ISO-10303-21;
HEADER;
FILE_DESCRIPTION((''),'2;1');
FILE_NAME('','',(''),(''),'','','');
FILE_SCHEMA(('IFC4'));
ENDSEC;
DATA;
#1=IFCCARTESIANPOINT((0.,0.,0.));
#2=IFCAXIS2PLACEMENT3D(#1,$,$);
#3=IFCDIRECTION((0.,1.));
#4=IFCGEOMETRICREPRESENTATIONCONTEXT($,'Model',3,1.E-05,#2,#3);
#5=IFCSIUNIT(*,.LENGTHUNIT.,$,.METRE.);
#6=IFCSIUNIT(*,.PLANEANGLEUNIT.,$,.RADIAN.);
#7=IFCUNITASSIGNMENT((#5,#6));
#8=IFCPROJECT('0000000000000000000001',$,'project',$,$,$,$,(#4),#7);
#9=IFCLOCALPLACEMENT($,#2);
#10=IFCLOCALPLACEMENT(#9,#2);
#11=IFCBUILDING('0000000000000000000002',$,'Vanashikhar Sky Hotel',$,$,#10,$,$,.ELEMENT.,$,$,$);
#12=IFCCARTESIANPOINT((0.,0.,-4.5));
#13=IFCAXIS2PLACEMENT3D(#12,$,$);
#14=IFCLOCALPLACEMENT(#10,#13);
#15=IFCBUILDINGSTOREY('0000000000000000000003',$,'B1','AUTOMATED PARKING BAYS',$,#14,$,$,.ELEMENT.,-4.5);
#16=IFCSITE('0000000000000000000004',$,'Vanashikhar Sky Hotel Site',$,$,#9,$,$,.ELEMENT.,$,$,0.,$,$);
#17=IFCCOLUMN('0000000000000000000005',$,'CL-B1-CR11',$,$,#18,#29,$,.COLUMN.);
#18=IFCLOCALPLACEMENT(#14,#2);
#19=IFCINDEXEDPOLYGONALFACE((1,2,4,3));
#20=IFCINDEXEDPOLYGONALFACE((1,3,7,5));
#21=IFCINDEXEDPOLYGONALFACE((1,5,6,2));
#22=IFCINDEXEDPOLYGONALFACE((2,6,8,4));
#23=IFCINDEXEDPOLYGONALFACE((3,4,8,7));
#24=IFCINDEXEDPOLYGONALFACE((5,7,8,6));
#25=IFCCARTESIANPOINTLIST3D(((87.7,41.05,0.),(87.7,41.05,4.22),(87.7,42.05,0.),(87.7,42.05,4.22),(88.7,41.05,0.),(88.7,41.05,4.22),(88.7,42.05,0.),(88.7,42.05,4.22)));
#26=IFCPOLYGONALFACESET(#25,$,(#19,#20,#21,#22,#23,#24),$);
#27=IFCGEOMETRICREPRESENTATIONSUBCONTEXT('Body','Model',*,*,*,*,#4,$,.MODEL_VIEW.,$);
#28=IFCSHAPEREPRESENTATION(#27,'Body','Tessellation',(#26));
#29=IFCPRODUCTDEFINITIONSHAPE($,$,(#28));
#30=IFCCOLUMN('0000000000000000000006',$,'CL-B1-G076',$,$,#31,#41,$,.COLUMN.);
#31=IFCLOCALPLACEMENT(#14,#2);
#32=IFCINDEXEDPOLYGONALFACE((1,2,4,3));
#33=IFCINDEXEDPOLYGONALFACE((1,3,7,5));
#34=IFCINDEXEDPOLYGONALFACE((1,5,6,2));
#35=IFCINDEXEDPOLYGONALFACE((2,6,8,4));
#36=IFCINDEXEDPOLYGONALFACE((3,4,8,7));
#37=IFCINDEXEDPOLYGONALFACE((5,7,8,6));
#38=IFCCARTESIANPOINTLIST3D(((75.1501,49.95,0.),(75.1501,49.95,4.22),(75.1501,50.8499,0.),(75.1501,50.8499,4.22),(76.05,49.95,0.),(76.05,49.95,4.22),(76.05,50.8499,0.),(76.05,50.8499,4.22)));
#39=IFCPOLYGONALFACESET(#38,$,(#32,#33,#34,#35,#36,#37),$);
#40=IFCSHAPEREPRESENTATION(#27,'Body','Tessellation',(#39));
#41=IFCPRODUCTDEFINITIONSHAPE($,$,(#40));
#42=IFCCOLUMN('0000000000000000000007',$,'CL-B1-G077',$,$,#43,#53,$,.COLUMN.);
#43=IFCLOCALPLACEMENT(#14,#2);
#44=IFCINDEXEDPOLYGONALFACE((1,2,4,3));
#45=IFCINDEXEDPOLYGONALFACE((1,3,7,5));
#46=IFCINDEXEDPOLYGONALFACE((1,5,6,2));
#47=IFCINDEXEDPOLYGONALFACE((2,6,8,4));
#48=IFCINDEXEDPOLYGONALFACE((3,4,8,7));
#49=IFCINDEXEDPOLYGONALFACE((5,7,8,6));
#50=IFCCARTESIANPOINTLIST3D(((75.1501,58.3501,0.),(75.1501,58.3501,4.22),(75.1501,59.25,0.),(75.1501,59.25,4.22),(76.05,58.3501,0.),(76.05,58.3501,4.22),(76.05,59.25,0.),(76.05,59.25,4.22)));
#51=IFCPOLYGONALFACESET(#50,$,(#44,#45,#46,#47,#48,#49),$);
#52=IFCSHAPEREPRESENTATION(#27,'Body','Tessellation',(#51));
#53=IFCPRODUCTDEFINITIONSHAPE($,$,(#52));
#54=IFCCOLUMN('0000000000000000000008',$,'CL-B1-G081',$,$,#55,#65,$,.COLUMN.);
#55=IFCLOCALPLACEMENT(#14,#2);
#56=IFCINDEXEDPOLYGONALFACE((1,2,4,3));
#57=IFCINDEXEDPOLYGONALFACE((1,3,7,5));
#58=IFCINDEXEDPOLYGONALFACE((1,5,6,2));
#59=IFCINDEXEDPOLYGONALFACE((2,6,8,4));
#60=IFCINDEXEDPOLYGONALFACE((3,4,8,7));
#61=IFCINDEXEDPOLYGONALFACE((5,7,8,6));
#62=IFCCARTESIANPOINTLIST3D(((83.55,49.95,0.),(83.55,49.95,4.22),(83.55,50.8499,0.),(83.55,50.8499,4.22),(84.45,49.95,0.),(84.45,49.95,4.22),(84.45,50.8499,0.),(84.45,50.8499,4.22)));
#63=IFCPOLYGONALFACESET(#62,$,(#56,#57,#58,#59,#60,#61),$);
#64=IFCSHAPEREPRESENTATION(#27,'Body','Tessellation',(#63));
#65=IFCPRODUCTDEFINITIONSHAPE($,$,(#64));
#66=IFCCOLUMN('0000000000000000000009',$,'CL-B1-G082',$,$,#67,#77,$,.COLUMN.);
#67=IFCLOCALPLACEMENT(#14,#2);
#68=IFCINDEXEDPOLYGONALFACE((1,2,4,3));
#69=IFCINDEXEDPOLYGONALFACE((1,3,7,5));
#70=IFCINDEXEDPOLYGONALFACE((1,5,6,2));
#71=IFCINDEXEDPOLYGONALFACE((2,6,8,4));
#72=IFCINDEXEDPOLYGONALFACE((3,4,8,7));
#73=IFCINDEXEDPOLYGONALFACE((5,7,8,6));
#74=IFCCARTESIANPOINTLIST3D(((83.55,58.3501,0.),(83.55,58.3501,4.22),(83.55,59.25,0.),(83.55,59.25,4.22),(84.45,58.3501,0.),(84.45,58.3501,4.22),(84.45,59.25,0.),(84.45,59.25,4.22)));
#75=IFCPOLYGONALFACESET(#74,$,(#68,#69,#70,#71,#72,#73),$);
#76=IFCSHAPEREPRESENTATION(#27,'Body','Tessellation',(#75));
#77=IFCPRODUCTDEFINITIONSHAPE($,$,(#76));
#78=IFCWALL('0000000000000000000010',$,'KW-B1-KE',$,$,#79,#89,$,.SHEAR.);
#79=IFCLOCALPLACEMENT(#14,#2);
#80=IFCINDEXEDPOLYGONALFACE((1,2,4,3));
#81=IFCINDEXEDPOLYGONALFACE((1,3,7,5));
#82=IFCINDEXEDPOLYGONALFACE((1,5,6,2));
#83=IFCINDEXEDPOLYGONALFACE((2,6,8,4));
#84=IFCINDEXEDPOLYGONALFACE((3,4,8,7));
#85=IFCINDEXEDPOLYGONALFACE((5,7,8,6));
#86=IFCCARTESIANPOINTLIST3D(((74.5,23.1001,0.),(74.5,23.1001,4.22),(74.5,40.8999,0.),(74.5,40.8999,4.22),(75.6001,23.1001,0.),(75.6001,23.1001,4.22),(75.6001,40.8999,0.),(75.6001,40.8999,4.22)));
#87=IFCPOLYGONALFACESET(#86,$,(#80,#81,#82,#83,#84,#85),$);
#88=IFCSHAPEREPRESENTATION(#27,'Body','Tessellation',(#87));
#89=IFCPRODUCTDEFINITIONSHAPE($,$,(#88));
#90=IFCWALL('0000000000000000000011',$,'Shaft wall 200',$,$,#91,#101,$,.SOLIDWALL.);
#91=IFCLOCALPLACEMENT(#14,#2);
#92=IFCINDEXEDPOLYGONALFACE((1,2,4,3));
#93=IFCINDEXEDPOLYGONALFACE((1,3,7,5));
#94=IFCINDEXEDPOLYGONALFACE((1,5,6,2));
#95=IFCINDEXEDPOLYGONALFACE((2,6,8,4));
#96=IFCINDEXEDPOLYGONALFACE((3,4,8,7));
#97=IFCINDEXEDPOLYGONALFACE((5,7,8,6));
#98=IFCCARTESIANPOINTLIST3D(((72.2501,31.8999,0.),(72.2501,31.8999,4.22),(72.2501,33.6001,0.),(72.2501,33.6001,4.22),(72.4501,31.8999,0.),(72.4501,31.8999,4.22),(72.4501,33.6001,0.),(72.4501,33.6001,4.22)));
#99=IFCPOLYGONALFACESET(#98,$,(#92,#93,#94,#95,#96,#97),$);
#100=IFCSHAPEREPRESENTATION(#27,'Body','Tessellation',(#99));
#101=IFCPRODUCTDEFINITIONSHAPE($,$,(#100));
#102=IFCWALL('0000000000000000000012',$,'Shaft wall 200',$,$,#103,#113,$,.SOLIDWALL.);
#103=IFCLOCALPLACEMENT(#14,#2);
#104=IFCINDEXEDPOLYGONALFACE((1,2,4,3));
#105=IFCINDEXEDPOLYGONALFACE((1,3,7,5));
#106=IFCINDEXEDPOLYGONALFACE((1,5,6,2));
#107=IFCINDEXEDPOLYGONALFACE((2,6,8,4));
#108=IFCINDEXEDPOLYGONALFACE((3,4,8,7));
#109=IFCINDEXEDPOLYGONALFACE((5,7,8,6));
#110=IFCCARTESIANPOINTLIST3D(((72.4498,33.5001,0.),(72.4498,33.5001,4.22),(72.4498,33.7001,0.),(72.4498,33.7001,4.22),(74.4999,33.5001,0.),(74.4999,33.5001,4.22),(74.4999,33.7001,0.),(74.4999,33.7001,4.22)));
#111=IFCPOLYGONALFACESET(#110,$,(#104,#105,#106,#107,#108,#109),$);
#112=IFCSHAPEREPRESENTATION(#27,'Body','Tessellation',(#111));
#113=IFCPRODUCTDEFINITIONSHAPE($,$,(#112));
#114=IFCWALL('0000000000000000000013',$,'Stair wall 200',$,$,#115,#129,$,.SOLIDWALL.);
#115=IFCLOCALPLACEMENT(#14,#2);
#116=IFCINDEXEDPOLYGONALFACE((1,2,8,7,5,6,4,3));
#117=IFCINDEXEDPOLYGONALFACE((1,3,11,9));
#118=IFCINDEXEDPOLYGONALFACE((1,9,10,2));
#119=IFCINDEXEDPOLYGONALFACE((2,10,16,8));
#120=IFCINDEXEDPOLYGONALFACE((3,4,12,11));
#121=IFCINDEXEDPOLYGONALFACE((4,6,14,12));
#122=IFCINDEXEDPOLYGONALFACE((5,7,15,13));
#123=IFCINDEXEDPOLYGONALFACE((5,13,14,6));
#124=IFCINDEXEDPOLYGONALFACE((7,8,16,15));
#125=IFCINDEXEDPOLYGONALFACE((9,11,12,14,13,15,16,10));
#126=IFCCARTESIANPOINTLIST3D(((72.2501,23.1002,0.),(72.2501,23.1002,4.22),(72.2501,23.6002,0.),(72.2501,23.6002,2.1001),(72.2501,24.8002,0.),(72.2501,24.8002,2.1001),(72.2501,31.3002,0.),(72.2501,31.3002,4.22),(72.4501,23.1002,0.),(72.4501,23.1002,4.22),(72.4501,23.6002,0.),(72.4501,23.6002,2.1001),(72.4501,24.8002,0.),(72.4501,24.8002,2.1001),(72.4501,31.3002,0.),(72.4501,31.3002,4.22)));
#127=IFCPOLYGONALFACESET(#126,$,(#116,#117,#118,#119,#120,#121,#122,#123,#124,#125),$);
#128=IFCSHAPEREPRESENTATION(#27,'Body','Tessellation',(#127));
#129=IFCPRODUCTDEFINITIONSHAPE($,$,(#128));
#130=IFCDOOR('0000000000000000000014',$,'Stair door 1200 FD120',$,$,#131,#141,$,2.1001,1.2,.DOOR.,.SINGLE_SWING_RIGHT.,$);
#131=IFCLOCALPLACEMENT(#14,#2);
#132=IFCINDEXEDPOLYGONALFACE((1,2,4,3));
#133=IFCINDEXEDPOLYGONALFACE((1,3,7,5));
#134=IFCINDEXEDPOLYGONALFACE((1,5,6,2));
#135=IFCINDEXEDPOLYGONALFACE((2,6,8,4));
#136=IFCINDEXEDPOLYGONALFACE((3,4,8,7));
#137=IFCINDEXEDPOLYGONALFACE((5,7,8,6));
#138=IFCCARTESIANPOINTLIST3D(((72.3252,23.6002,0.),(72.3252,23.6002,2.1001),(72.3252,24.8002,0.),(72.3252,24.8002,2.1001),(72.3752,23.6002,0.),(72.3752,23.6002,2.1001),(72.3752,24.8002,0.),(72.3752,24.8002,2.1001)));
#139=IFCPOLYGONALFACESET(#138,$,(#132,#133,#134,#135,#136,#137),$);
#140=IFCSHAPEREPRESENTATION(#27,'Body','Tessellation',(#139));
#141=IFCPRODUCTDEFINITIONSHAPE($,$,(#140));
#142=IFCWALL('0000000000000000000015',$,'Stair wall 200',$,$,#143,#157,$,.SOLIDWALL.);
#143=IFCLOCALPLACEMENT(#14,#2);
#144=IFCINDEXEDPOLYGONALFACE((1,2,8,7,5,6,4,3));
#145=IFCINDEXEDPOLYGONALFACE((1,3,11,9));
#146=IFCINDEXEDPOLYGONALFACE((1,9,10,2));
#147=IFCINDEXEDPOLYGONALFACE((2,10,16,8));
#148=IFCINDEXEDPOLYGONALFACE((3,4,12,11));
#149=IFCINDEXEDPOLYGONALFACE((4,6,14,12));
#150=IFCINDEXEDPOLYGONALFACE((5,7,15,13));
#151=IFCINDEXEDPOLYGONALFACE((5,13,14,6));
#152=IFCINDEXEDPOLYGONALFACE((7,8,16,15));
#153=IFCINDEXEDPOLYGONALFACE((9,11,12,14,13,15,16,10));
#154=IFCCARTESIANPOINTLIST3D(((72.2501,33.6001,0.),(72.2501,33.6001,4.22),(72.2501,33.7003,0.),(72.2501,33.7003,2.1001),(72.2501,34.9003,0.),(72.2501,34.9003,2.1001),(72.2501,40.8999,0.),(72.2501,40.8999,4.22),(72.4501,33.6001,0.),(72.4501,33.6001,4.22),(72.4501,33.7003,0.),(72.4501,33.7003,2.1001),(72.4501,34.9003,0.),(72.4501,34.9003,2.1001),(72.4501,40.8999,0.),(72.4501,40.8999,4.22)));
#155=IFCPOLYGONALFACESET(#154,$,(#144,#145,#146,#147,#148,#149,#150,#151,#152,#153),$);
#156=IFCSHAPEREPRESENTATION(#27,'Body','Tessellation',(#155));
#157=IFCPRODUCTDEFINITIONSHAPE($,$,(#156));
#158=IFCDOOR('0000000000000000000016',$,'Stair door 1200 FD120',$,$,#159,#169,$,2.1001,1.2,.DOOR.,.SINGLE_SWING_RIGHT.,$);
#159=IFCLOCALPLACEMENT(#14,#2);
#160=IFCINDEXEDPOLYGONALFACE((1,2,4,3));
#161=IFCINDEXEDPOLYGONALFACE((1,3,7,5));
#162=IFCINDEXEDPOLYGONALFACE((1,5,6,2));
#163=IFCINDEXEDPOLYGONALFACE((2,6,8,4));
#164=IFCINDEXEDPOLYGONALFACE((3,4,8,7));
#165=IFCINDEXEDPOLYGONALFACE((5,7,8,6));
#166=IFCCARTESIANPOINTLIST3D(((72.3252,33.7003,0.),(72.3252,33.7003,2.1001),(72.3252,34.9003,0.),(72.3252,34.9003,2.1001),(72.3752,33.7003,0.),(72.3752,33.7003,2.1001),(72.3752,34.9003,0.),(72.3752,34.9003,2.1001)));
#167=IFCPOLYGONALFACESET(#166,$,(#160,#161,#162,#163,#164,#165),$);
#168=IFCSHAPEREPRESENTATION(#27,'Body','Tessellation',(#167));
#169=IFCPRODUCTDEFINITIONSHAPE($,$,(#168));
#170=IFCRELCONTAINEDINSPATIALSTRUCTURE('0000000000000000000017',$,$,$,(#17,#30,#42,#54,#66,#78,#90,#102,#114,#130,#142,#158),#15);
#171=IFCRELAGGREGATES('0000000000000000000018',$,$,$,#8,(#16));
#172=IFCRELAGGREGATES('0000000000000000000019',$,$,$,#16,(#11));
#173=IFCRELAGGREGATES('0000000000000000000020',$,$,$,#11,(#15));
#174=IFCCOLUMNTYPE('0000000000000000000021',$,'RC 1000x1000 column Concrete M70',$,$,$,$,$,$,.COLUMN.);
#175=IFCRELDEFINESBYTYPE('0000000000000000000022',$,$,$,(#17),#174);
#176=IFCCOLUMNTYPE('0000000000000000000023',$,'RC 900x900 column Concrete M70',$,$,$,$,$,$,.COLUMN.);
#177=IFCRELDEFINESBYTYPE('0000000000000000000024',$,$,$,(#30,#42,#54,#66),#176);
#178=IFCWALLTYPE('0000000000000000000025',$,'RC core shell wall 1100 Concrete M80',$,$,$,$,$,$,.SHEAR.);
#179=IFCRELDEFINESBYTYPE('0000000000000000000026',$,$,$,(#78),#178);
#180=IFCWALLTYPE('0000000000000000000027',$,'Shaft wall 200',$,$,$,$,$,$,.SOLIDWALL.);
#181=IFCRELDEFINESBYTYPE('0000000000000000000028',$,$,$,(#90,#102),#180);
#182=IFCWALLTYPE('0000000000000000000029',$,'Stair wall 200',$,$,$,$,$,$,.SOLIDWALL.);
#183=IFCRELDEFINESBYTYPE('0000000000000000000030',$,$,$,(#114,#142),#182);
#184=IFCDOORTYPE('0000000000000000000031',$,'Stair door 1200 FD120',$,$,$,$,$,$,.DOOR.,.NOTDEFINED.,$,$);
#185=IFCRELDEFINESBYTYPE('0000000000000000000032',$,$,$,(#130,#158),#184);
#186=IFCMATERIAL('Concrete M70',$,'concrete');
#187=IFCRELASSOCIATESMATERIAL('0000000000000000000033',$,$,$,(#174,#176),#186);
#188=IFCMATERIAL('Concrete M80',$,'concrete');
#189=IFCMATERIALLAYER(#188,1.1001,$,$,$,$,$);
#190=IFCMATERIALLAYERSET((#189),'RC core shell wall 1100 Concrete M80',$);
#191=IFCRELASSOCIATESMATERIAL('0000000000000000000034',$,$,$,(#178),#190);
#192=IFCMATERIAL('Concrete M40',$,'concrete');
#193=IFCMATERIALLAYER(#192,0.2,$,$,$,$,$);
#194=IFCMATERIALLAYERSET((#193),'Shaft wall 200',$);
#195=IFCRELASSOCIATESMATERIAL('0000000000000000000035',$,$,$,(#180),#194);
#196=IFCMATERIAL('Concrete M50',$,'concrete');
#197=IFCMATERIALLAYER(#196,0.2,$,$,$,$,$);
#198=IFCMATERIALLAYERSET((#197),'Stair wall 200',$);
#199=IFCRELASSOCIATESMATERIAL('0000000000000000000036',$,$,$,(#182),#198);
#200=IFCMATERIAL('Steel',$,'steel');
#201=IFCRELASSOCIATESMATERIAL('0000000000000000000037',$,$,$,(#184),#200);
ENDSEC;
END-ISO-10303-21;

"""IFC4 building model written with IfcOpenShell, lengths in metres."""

from ifc_helpers import new_model, si_unit, direction, frame, frame_2d, origin, origin_2d, place, context, subcontext, project, spatial, rectangle, extrude, source, transform, mapped, material, layer, layer_set, material_profile, profile_set, type_object, element, fill, save


model = new_model("IFC4")

# Units and contexts
model_context = context("Model", 3, precision=1e-05, world=origin(), true_north=direction((0.0, 1.0)))
body_context = subcontext(model_context, "Body", "Model", "MODEL_VIEW")
ifc_project = project(units=[si_unit("LENGTHUNIT", "METRE"), si_unit("PLANEANGLEUNIT", "RADIAN")], contexts=[model_context])

# Site, building, storey
site_placement = place(None, origin())
site = spatial("IfcSite", under=ifc_project, at=site_placement, Name="Vanashikhar Sky Hotel Site", CompositionType="ELEMENT", RefElevation=0.0)
building_placement = place(site_placement, origin())
building = spatial("IfcBuilding", under=site, at=building_placement, Name="Vanashikhar Sky Hotel", CompositionType="ELEMENT")
storey_placement = place(building_placement, frame((0.0, 0.0, -4.5)))
storey = spatial("IfcBuildingStorey", under=building, at=storey_placement, Name="B1", Description="AUTOMATED PARKING BAYS", CompositionType="ELEMENT", Elevation=-4.5)

# Columns
ifc_material_1 = material(Name="Concrete M70", Category="concrete")
ifc_material_profile_1 = material_profile(ifc_material_1, rectangle(XDim=1.0, YDim=1.0, at=origin_2d()))
ifc_profile_set_1 = profile_set([ifc_material_profile_1], Name="RC 1000x1000 column Concrete M70")
column_type_1 = type_object("IfcColumnType", Name="RC 1000x1000 column Concrete M70", PredefinedType="COLUMN", material=ifc_profile_set_1)
shared_shape_1 = source(origin(), body_context, "Body", "SweptSolid", [
    extrude(rectangle(XDim=1.0, YDim=1.0, at=origin_2d()), origin(), (0.0, 0.0, 1.0), 4.22),
])
column_placement = place(storey_placement, frame((88.2, 41.55, 0.0), z_axis=(0.0, 0.0, 1.0), x_axis=(1.0, 0.0, 0.0)))
element("IfcColumn", 1, at=column_placement, inside=storey, type_object=column_type_1, Name="CL-B1-CR11", PredefinedType="COLUMN", context=body_context, shape_type="MappedRepresentation", body=[
    mapped(shared_shape_1, transform((0.0, 0.0, 0.0), scale=1.0)),
])
ifc_material_profile_2 = material_profile(ifc_material_1, rectangle(XDim=0.8999, YDim=0.8999, at=origin_2d()))
ifc_profile_set_2 = profile_set([ifc_material_profile_2], Name="RC 900x900 column Concrete M70")
column_type_2 = type_object("IfcColumnType", Name="RC 900x900 column Concrete M70", PredefinedType="COLUMN", material=ifc_profile_set_2)
shared_shape_2 = source(origin(), body_context, "Body", "SweptSolid", [
    extrude(rectangle(XDim=0.8999, YDim=0.8999, at=origin_2d()), origin(), (0.0, 0.0, 1.0), 4.22),
])
for number, where, z_axis, x_axis, name in (
    (2, (75.6001, 50.3999, 0.0), (0.0, 0.0, 1.0), (1.0, 0.0, 0.0), "CL-B1-G076"),
    (3, (75.6001, 58.8, 0.0), (0.0, 0.0, 1.0), (1.0, 0.0, 0.0), "CL-B1-G077"),
    (4, (84.0, 50.3999, 0.0), (0.0, 0.0, 1.0), (1.0, 0.0, 0.0), "CL-B1-G081"),
    (5, (84.0, 58.8, 0.0), (0.0, 0.0, 1.0), (1.0, 0.0, 0.0), "CL-B1-G082"),
):
    element("IfcColumn", number, at=place(storey_placement, frame(where, z_axis=z_axis, x_axis=x_axis)), inside=storey, type_object=column_type_2, Name=name, PredefinedType="COLUMN", context=body_context, shape_type="MappedRepresentation", body=[
        mapped(shared_shape_2, transform((0.0, 0.0, 0.0), scale=1.0)),
    ])

# Walls
ifc_material_2 = material(Name="Concrete M80", Category="concrete")
ifc_layer_1 = layer(ifc_material_2, 1.1001)
ifc_layer_set_1 = layer_set([ifc_layer_1], Name="RC core shell wall 1100 Concrete M80")
wall_type_1 = type_object("IfcWallType", Name="RC core shell wall 1100 Concrete M80", PredefinedType="SHEAR", material=ifc_layer_set_1)
shared_shape_3 = source(origin(), body_context, "Body", "SweptSolid", [
    extrude(rectangle(XDim=17.7998, YDim=1.1001, at=frame_2d((8.8999, 0.0))), origin(), (0.0, 0.0, 1.0), 4.22),
])
wall_1_placement = place(storey_placement, frame((75.05, 23.1001, 0.0), z_axis=(0.0, 0.0, 1.0), x_axis=(0.0, 1.0, 0.0)))
element("IfcWall", 6, at=wall_1_placement, inside=storey, type_object=wall_type_1, Name="KW-B1-KE", PredefinedType="SHEAR", context=body_context, shape_type="MappedRepresentation", body=[
    mapped(shared_shape_3, transform((0.0, 0.0, 0.0), scale=1.0)),
])
ifc_material_3 = material(Name="Concrete M40", Category="concrete")
ifc_layer_2 = layer(ifc_material_3, 0.2)
ifc_layer_set_2 = layer_set([ifc_layer_2], Name="Shaft wall 200")
wall_type_2 = type_object("IfcWallType", Name="Shaft wall 200", PredefinedType="SOLIDWALL", material=ifc_layer_set_2)
shared_shape_4 = source(origin(), body_context, "Body", "SweptSolid", [
    extrude(rectangle(XDim=1.7002, YDim=0.2, at=frame_2d((0.8501, 0.0))), origin(), (0.0, 0.0, 1.0), 4.22),
])
wall_2_placement = place(storey_placement, frame((72.3501, 31.8999, 0.0), z_axis=(0.0, 0.0, 1.0), x_axis=(0.0, 1.0, 0.0)))
element("IfcWall", 7, at=wall_2_placement, inside=storey, type_object=wall_type_2, Name="Shaft wall 200", PredefinedType="SOLIDWALL", context=body_context, shape_type="MappedRepresentation", body=[
    mapped(shared_shape_4, transform((0.0, 0.0, 0.0), scale=1.0)),
])
shared_shape_5 = source(origin(), body_context, "Body", "SweptSolid", [
    extrude(rectangle(XDim=2.05, YDim=0.2, at=frame_2d((1.0249, 0.0))), origin(), (0.0, 0.0, 1.0), 4.22),
])
wall_3_placement = place(storey_placement, frame((72.45, 33.6001, 0.0), z_axis=(0.0, 0.0, 1.0), x_axis=(1.0, 0.0, 0.0)))
element("IfcWall", 8, at=wall_3_placement, inside=storey, type_object=wall_type_2, Name="Shaft wall 200", PredefinedType="SOLIDWALL", context=body_context, shape_type="MappedRepresentation", body=[
    mapped(shared_shape_5, transform((0.0, 0.0, 0.0), scale=1.0)),
])

# Walls, openings, doors
ifc_material_4 = material(Name="Concrete M50", Category="concrete")
ifc_layer_3 = layer(ifc_material_4, 0.2)
ifc_layer_set_3 = layer_set([ifc_layer_3], Name="Stair wall 200")
wall_type_3 = type_object("IfcWallType", Name="Stair wall 200", PredefinedType="SOLIDWALL", material=ifc_layer_set_3)
shared_shape_6 = source(origin(), body_context, "Body", "SweptSolid", [
    extrude(rectangle(XDim=8.2, YDim=0.2, at=frame_2d((4.1001, 0.0))), origin(), (0.0, 0.0, 1.0), 4.22),
])
wall_4_placement = place(storey_placement, frame((72.3501, 23.1001, 0.0), z_axis=(0.0, 0.0, 1.0), x_axis=(0.0, 1.0, 0.0)))
wall_4 = element("IfcWall", 9, at=wall_4_placement, inside=storey, type_object=wall_type_3, Name="Stair wall 200", PredefinedType="SOLIDWALL", context=body_context, shape_type="MappedRepresentation", body=[
    mapped(shared_shape_6, transform((0.0, 0.0, 0.0), scale=1.0)),
])
shared_shape_7 = source(origin(), body_context, "Body", "SweptSolid", [
    extrude(rectangle(XDim=1.2, YDim=2.1001, at=frame_2d((0.6001, 1.05))), frame((0.0, 0.1099, 0.0), z_axis=(0.0, -1.0, 0.0), x_axis=(1.0, 0.0, 0.0)), (0.0, 0.0, 1.0), 0.22),
])
opening_1_placement = place(wall_4_placement, frame((0.5, 0.0, 0.0)))
opening_1 = element("IfcOpeningElement", 10, at=opening_1_placement, cuts=wall_4, PredefinedType="OPENING", context=body_context, shape_type="MappedRepresentation", body=[
    mapped(shared_shape_7, transform((0.0, 0.0, 0.0), scale=1.0)),
])
ifc_material_5 = material(Name="Steel", Category="steel")
door_type_1 = type_object("IfcDoorType", Name="Stair door 1200 FD120", OperationType="NOTDEFINED", PredefinedType="DOOR", material=ifc_material_5)
shared_shape_8 = source(origin(), body_context, "Body", "SweptSolid", [
    extrude(rectangle(XDim=1.2, YDim=2.1001, at=frame_2d((0.6001, 1.05))), frame((0.0, 0.0249, 0.0), z_axis=(0.0, -1.0, 0.0), x_axis=(1.0, 0.0, 0.0)), (0.0, 0.0, 1.0), 0.05),
])
door_1_placement = place(opening_1_placement, origin())
door_1 = element("IfcDoor", 11, at=door_1_placement, inside=storey, type_object=door_type_1, Name="Stair door 1200 FD120", OperationType="SINGLE_SWING_RIGHT", OverallHeight=2.1001, OverallWidth=1.2, PredefinedType="DOOR", context=body_context, shape_type="MappedRepresentation", body=[
    mapped(shared_shape_8, transform((0.0, 0.0, 0.0), scale=1.0)),
])
fill(opening_1, door_1)
shared_shape_9 = source(origin(), body_context, "Body", "SweptSolid", [
    extrude(rectangle(XDim=7.2998, YDim=0.2, at=frame_2d((3.6499, 0.0))), origin(), (0.0, 0.0, 1.0), 4.22),
])
wall_5_placement = place(storey_placement, frame((72.3501, 33.6001, 0.0), z_axis=(0.0, 0.0, 1.0), x_axis=(0.0, 1.0, 0.0)))
wall_5 = element("IfcWall", 12, at=wall_5_placement, inside=storey, type_object=wall_type_3, Name="Stair wall 200", PredefinedType="SOLIDWALL", context=body_context, shape_type="MappedRepresentation", body=[
    mapped(shared_shape_9, transform((0.0, 0.0, 0.0), scale=1.0)),
])
opening_2_placement = place(wall_5_placement, frame((0.1001, 0.0, 0.0)))
opening_2 = element("IfcOpeningElement", 13, at=opening_2_placement, cuts=wall_5, PredefinedType="OPENING", context=body_context, shape_type="MappedRepresentation", body=[
    mapped(shared_shape_7, transform((0.0, 0.0, 0.0), scale=1.0)),
])
door_2_placement = place(opening_2_placement, origin())
door_2 = element("IfcDoor", 14, at=door_2_placement, inside=storey, type_object=door_type_1, Name="Stair door 1200 FD120", OperationType="SINGLE_SWING_RIGHT", OverallHeight=2.1001, OverallWidth=1.2, PredefinedType="DOOR", context=body_context, shape_type="MappedRepresentation", body=[
    mapped(shared_shape_8, transform((0.0, 0.0, 0.0), scale=1.0)),
])
fill(opening_2, door_2)

save(model, "model.ifc")
